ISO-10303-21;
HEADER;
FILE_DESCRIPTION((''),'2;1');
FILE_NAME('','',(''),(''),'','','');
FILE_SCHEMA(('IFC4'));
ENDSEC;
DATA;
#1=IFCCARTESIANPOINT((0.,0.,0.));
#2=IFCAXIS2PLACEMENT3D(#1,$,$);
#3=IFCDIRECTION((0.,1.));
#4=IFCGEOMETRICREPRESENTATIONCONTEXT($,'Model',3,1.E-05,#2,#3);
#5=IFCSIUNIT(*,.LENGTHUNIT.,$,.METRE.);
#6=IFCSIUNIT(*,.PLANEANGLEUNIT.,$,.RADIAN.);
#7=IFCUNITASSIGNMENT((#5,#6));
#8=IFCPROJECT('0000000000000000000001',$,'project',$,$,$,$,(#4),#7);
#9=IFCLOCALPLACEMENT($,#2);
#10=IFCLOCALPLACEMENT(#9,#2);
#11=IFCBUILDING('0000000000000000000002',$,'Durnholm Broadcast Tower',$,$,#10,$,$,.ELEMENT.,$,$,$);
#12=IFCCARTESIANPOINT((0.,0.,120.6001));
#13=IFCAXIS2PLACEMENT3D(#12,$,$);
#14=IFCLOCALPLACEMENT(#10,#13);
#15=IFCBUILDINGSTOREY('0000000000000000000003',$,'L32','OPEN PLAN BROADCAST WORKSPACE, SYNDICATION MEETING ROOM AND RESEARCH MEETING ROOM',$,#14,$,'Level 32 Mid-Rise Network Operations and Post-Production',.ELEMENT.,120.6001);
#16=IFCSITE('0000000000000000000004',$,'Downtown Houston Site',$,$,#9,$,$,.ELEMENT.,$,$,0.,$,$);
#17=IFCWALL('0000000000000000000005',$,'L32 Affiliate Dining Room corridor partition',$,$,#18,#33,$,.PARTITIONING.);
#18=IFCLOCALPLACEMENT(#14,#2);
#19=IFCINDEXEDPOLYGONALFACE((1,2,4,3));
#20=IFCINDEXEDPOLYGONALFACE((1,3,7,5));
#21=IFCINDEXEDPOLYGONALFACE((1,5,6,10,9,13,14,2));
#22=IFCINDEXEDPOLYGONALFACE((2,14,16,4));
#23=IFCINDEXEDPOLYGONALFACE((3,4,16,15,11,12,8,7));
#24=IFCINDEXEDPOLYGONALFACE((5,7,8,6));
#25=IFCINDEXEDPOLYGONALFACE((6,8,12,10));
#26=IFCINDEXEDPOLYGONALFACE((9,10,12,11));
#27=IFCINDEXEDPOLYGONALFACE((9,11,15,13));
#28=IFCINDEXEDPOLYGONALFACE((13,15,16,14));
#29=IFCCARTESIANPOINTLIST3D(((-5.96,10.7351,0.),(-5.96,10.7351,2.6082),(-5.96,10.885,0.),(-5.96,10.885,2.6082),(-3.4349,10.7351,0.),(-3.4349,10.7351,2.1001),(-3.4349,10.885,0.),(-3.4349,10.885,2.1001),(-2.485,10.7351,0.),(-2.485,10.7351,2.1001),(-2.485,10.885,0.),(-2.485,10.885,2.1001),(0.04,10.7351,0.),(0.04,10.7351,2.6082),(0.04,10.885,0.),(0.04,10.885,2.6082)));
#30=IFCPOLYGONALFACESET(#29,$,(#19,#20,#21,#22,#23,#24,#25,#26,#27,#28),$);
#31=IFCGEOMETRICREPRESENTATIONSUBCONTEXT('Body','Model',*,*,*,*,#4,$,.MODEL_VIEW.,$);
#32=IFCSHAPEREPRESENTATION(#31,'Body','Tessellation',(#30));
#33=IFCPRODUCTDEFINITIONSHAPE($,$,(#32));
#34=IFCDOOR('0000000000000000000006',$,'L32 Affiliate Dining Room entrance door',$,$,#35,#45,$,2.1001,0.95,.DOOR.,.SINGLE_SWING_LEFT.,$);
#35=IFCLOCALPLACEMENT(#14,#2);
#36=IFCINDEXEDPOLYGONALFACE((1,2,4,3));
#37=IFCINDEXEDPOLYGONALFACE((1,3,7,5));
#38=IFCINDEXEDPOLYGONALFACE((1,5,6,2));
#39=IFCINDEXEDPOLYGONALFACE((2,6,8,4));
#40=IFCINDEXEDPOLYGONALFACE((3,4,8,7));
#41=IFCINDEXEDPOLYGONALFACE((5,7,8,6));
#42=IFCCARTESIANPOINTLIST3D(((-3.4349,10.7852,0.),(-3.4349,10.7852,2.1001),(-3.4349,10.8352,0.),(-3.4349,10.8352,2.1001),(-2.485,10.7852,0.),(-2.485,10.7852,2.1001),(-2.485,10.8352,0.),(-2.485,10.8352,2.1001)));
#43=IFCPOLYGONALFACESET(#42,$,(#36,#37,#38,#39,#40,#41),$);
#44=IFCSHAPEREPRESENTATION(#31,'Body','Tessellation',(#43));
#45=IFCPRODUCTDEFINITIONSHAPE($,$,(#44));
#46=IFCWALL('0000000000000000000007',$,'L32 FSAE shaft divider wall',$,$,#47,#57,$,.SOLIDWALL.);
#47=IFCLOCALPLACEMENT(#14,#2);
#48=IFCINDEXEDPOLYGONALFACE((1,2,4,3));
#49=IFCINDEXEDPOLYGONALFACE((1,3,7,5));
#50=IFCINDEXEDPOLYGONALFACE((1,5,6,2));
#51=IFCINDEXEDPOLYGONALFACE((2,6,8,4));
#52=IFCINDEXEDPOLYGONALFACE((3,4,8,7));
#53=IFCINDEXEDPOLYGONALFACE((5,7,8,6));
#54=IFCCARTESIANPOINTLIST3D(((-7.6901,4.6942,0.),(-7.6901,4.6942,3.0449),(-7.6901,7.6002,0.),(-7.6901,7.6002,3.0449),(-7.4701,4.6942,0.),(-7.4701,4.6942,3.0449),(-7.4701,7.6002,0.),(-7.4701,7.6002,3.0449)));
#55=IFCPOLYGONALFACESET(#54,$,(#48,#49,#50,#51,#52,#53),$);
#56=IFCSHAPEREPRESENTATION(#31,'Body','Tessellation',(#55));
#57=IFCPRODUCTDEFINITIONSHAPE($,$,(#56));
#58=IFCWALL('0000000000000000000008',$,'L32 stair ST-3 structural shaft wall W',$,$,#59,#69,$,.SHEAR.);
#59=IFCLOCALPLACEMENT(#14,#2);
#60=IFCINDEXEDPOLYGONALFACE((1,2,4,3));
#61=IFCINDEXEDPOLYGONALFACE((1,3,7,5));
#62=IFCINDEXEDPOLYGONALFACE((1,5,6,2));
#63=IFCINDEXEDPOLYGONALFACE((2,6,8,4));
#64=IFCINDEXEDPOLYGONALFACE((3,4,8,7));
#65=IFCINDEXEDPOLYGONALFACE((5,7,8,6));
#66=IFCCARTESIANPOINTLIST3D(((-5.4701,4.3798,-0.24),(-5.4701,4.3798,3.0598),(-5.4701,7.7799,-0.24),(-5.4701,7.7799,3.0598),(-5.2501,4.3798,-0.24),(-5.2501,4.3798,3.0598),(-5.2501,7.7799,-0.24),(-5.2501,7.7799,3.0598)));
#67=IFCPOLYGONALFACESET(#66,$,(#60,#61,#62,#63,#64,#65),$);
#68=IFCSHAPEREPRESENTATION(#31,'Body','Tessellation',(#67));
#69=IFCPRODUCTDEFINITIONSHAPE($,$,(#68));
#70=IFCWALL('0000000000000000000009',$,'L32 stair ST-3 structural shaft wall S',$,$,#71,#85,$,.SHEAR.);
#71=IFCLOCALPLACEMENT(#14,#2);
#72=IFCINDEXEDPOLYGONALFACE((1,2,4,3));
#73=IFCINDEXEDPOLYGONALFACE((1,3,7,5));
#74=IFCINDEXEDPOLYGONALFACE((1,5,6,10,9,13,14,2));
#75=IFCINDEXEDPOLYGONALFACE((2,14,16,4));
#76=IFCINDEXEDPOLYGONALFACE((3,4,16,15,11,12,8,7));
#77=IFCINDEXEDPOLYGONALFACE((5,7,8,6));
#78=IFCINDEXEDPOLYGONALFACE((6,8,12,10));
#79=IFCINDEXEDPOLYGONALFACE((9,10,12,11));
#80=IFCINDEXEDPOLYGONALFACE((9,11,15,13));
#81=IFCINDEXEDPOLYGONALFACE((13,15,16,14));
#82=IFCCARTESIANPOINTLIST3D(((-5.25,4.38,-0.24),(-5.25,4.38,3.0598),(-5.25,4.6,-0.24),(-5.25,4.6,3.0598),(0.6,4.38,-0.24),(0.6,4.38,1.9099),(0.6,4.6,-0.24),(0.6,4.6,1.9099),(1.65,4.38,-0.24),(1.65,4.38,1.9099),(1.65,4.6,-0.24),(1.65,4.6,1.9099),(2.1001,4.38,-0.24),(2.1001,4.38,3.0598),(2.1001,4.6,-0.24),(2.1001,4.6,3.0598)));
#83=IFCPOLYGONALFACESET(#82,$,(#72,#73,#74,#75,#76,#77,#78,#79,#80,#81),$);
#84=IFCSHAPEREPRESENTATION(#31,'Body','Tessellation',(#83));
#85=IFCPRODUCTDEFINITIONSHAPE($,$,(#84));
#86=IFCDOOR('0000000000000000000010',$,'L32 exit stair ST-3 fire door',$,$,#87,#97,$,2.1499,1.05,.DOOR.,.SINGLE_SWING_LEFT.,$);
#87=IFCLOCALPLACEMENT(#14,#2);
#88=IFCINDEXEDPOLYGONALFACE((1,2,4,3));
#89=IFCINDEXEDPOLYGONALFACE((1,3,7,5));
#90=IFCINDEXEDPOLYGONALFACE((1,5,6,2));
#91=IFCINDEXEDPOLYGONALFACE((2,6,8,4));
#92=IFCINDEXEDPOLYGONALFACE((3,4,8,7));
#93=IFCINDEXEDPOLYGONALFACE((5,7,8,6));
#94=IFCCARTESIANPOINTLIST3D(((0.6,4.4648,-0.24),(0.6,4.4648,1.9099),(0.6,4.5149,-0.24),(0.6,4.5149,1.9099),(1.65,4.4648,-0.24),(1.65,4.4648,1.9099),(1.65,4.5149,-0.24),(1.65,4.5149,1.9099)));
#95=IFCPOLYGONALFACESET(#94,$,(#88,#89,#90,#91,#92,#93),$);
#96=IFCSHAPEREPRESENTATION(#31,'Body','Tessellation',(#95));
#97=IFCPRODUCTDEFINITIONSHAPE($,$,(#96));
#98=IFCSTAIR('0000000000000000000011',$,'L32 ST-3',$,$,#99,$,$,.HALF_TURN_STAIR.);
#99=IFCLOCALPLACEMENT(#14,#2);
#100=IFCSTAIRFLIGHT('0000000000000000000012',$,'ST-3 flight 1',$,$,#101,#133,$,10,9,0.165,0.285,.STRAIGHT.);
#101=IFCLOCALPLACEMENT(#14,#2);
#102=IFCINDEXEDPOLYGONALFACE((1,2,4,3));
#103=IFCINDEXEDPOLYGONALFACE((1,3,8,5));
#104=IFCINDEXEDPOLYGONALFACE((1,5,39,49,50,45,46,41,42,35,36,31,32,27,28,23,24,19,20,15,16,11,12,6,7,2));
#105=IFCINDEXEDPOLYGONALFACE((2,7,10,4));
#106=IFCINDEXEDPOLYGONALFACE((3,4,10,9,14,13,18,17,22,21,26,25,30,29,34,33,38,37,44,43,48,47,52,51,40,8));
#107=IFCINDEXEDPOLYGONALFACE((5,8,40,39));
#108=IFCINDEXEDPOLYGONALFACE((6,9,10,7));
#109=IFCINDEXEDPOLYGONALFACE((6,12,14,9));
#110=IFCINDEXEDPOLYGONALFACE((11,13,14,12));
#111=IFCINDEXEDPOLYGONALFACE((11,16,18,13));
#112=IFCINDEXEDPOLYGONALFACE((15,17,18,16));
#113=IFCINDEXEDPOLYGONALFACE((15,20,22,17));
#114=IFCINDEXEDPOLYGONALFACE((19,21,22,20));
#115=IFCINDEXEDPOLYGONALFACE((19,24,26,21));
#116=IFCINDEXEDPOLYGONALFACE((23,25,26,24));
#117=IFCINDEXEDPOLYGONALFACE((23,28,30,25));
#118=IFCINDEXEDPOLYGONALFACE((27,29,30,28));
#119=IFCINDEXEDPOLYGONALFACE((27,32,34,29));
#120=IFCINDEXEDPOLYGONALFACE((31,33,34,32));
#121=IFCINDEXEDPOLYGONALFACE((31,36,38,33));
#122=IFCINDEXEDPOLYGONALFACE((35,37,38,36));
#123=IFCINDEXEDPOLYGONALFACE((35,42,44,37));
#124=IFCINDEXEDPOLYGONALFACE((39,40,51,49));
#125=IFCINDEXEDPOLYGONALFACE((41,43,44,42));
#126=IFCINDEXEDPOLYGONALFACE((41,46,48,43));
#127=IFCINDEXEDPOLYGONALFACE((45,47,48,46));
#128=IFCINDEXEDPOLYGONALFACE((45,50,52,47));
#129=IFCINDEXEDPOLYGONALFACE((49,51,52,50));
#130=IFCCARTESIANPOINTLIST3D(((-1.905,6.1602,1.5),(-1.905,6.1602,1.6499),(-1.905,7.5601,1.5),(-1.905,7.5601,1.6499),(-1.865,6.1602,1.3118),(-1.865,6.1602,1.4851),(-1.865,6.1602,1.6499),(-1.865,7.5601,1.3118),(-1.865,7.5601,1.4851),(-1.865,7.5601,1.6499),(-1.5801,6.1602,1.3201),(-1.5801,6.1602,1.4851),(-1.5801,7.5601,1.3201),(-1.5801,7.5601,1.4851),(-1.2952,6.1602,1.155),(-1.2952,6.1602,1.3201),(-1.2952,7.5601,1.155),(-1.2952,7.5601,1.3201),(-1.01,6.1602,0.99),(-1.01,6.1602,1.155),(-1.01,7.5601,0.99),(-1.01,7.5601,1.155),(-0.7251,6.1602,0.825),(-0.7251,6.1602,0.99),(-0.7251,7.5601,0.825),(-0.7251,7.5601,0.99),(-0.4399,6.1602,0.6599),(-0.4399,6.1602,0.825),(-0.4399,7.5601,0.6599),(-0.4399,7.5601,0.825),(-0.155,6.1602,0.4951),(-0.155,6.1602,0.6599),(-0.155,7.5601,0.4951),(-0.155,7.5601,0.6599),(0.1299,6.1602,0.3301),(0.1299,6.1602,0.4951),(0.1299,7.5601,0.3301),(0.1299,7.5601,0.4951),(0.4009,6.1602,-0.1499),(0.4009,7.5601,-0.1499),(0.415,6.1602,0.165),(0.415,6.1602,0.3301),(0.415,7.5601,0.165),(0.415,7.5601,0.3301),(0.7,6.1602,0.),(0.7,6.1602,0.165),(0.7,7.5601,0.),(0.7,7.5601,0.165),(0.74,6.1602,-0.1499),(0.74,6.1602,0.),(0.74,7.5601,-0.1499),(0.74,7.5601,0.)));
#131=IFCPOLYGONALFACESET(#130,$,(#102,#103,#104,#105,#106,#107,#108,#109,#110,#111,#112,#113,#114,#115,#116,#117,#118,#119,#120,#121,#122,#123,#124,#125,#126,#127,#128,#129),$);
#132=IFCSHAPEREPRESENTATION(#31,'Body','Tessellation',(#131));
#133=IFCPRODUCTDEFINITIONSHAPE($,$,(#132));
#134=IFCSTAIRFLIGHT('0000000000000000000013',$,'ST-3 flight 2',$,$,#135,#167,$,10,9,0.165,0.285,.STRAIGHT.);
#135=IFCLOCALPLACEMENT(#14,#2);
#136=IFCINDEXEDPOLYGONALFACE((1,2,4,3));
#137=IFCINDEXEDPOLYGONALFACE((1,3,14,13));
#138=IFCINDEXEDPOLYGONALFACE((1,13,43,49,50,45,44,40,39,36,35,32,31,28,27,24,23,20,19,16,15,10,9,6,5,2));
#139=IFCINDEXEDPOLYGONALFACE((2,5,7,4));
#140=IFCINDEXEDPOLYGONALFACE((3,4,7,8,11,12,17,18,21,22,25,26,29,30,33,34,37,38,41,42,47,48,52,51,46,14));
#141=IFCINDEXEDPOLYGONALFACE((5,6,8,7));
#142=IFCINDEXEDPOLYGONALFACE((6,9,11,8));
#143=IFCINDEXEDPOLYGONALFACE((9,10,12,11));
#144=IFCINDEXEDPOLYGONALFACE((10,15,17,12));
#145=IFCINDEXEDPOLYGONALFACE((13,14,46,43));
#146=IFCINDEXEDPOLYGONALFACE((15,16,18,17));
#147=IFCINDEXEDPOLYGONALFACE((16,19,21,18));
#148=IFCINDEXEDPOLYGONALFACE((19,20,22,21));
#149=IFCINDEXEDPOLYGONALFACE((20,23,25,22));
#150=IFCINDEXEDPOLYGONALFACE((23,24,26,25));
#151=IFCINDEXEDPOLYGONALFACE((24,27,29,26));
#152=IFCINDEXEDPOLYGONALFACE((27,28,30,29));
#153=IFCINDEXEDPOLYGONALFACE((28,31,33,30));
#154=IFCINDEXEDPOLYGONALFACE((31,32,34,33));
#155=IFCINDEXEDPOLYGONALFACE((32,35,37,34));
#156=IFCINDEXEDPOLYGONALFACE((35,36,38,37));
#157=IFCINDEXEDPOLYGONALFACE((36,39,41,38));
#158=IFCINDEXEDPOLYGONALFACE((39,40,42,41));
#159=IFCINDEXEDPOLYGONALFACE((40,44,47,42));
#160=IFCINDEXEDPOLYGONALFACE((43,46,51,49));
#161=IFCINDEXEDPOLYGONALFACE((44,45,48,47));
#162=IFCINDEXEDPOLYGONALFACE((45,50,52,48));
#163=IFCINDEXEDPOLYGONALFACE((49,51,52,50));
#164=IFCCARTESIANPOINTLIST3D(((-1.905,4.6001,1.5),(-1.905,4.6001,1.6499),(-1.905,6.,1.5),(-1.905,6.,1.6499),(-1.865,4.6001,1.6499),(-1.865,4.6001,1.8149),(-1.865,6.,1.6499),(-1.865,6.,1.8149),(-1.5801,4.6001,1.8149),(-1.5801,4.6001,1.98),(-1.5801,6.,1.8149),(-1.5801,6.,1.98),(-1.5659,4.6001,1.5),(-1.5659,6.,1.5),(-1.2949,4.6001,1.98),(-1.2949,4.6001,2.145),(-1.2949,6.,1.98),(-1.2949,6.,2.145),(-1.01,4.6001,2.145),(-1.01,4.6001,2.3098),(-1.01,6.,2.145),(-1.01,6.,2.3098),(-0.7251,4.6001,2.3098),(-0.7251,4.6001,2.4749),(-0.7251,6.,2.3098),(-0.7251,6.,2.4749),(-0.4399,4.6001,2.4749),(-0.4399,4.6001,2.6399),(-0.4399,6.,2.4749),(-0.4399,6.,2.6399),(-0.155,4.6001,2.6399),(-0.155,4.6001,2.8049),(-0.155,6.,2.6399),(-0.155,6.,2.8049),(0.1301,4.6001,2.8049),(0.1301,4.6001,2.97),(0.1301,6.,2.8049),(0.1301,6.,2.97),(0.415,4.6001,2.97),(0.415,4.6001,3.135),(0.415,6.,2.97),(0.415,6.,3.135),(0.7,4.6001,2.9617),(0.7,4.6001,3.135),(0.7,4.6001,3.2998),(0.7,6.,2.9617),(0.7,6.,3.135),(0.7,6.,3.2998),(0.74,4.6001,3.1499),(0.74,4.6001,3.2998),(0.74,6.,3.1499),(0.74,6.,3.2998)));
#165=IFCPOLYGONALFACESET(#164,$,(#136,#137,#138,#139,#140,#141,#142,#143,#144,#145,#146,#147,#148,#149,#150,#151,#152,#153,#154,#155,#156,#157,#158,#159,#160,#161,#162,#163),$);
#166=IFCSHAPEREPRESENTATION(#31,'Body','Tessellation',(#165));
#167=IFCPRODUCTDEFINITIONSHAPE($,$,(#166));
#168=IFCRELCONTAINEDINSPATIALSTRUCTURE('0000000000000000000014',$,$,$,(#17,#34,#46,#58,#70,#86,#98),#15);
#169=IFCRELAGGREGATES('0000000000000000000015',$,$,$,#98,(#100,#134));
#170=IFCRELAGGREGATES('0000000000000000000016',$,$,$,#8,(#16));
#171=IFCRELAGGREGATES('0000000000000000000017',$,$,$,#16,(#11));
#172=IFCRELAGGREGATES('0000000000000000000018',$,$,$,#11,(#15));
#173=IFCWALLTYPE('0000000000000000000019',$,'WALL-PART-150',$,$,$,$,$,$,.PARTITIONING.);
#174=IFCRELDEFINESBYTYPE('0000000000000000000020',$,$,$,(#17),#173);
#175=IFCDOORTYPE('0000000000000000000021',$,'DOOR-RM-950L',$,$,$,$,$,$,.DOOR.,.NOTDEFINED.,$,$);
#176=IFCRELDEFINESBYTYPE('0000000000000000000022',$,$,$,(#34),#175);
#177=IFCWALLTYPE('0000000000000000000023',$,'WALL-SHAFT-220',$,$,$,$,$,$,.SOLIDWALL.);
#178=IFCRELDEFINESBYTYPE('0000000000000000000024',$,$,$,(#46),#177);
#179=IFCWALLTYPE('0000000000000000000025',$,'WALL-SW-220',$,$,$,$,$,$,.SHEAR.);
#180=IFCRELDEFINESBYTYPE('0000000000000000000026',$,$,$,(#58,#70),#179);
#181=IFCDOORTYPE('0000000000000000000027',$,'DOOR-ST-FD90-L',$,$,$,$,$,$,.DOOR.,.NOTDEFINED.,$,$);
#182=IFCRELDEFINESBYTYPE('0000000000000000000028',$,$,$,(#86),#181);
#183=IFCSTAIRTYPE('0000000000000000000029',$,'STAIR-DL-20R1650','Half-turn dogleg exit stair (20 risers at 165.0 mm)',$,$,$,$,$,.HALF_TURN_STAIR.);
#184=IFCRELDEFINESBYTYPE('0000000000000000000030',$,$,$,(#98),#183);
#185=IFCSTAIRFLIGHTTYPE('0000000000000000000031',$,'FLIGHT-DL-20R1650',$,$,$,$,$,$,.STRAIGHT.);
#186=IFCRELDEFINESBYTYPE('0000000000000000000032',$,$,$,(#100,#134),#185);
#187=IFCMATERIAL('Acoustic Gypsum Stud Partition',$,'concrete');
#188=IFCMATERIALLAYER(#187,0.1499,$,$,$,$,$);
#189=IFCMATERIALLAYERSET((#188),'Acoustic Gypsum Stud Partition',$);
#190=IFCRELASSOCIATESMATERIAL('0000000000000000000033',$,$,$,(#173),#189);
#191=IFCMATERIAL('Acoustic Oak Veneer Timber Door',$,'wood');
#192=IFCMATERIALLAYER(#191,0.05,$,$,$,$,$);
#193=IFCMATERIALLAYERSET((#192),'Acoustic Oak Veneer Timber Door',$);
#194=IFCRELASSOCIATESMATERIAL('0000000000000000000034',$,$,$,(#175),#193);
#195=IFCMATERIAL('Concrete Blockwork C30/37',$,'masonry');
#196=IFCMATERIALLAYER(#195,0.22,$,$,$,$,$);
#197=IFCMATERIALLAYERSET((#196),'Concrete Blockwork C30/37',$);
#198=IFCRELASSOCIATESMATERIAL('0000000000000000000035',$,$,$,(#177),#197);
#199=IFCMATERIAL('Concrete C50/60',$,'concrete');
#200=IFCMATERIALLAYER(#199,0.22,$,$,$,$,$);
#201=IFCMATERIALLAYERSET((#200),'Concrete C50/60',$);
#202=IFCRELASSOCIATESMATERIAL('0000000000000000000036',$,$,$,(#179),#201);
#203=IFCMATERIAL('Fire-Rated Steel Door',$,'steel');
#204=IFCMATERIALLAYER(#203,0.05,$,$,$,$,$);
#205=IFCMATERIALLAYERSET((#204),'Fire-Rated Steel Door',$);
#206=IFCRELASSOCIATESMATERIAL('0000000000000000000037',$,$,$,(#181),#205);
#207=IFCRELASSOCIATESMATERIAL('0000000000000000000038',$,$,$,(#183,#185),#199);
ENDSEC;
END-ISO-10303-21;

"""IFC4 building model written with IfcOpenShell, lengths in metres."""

from ifc_helpers import new_model, si_unit, direction, frame, frame_2d, origin, place, context, subcontext, project, spatial, polyline, rectangle, outline, extrude, source, transform, mapped, material, layer, layer_set, type_object, type_shapes, element, fill, aggregate, save


model = new_model("IFC4")

# Units and contexts
model_context = context("Model", 3, precision=1e-05, world=origin(), true_north=direction((0.0, 1.0)))
body_context = subcontext(model_context, "Body", "Model", "MODEL_VIEW")
ifc_project = project(units=[si_unit("LENGTHUNIT", "METRE"), si_unit("PLANEANGLEUNIT", "RADIAN")], contexts=[model_context])

# Site, building, storey
site_placement = place(None, origin())
site = spatial("IfcSite", under=ifc_project, at=site_placement, Name="Downtown Houston Site", CompositionType="ELEMENT", RefElevation=0.0)
building_placement = place(site_placement, origin())
building = spatial("IfcBuilding", under=site, at=building_placement, Name="Durnholm Broadcast Tower", CompositionType="ELEMENT")
storey_placement = place(building_placement, frame((0.0, 0.0, 120.6001)))
storey = spatial("IfcBuildingStorey", under=building, at=storey_placement, Name="L32", Description="OPEN PLAN BROADCAST WORKSPACE, SYNDICATION MEETING ROOM AND RESEARCH MEETING ROOM", LongName="Level 32 Mid-Rise Network Operations and Post-Production", CompositionType="ELEMENT", Elevation=120.6001)

# Shared definitions
ifc_material_1 = material(Name="Acoustic Gypsum Stud Partition", Category="concrete")
ifc_layer_1 = layer(ifc_material_1, 0.1499)
ifc_layer_set_1 = layer_set([ifc_layer_1], Name="Acoustic Gypsum Stud Partition")
wall_type_1 = type_object("IfcWallType", Name="WALL-PART-150", PredefinedType="PARTITIONING", material=ifc_layer_set_1)

# Wall, opening, door
wall_1_placement = place(storey_placement, frame((0.04, 10.8101, 0.0), z_axis=(0.0, 0.0, 1.0), x_axis=(-1.0, 0.0, 0.0)))
wall_1 = element("IfcWall", 1, at=wall_1_placement, inside=storey, type_object=wall_type_1, Name="L32 Affiliate Dining Room corridor partition", PredefinedType="PARTITIONING", context=body_context, shape_type="SweptSolid", body=[
    extrude(rectangle(XDim=6.0, YDim=0.1499, at=frame_2d((3.0, 0.0))), origin(), (0.0, 0.0, 1.0), 2.6082),
])
opening_1_placement = place(wall_1_placement, frame((2.5249, 0.0, 0.0)))
opening_1 = element("IfcOpeningElement", 2, at=opening_1_placement, cuts=wall_1, PredefinedType="OPENING", context=body_context, shape_type="SweptSolid", body=[
    extrude(rectangle(XDim=0.95, YDim=2.1001, at=frame_2d((0.4751, 1.05))), frame((0.0, 0.085, 0.0), z_axis=(0.0, -1.0, 0.0), x_axis=(1.0, 0.0, 0.0)), (0.0, 0.0, 1.0), 0.1699),
])
ifc_material_2 = material(Name="Acoustic Oak Veneer Timber Door", Category="wood")
ifc_layer_2 = layer(ifc_material_2, 0.05)
ifc_layer_set_2 = layer_set([ifc_layer_2], Name="Acoustic Oak Veneer Timber Door")
door_type_1 = type_object("IfcDoorType", Name="DOOR-RM-950L", OperationType="NOTDEFINED", PredefinedType="DOOR", material=ifc_layer_set_2)
shared_shape_1 = source(origin(), body_context, "Body", "SweptSolid", [
    extrude(rectangle(XDim=0.95, YDim=2.1001, at=frame_2d((0.4751, 1.05))), frame((0.0, 0.0249, 0.0), z_axis=(0.0, -1.0, 0.0), x_axis=(1.0, 0.0, 0.0)), (0.0, 0.0, 1.0), 0.05),
])
type_shapes(door_type_1, [shared_shape_1])
door_1_placement = place(opening_1_placement, origin())
door_1 = element("IfcDoor", 3, at=door_1_placement, inside=storey, type_object=door_type_1, Name="L32 Affiliate Dining Room entrance door", OperationType="SINGLE_SWING_LEFT", OverallHeight=2.1001, OverallWidth=0.95, PredefinedType="DOOR", context=body_context, shape_type="MappedRepresentation", body=[
    mapped(shared_shape_1, transform((0.0, 0.0, 0.0), x_axis=(1.0, 0.0, 0.0), y_axis=(0.0, 1.0, 0.0), z_axis=(0.0, 0.0, 1.0), scale=1.0)),
])
fill(opening_1, door_1)

# Walls
ifc_material_3 = material(Name="Concrete Blockwork C30/37", Category="masonry")
ifc_layer_3 = layer(ifc_material_3, 0.22)
ifc_layer_set_3 = layer_set([ifc_layer_3], Name="Concrete Blockwork C30/37")
wall_type_2 = type_object("IfcWallType", Name="WALL-SHAFT-220", PredefinedType="SOLIDWALL", material=ifc_layer_set_3)
wall_2_placement = place(storey_placement, frame((-7.5801, 4.6941, 0.0), z_axis=(0.0, 0.0, 1.0), x_axis=(0.0, 1.0, 0.0)))
element("IfcWall", 4, at=wall_2_placement, inside=storey, type_object=wall_type_2, Name="L32 FSAE shaft divider wall", PredefinedType="SOLIDWALL", context=body_context, shape_type="SweptSolid", body=[
    extrude(rectangle(XDim=2.906, YDim=0.22, at=frame_2d((1.4531, 0.0))), origin(), (0.0, 0.0, 1.0), 3.0449),
])
ifc_material_4 = material(Name="Concrete C50/60", Category="concrete")
ifc_layer_4 = layer(ifc_material_4, 0.22)
ifc_layer_set_4 = layer_set([ifc_layer_4], Name="Concrete C50/60")
wall_type_3 = type_object("IfcWallType", Name="WALL-SW-220", PredefinedType="SHEAR", material=ifc_layer_set_4)
wall_3_placement = place(storey_placement, frame((-5.3601, 7.78, -0.24), z_axis=(0.0, 0.0, 1.0), x_axis=(0.0, -1.0, 0.0)))
element("IfcWall", 5, at=wall_3_placement, inside=storey, type_object=wall_type_3, Name="L32 stair ST-3 structural shaft wall W", PredefinedType="SHEAR", context=body_context, shape_type="SweptSolid", body=[
    extrude(rectangle(XDim=3.4001, YDim=0.22, at=frame_2d((1.7002, 0.0))), origin(), (0.0, 0.0, 1.0), 3.2998),
])

# Wall, opening, door
wall_4_placement = place(storey_placement, frame((-5.25, 4.49, -0.24), z_axis=(0.0, 0.0, 1.0), x_axis=(1.0, 0.0, 0.0)))
wall_4 = element("IfcWall", 6, at=wall_4_placement, inside=storey, type_object=wall_type_3, Name="L32 stair ST-3 structural shaft wall S", PredefinedType="SHEAR", context=body_context, shape_type="SweptSolid", body=[
    extrude(rectangle(XDim=7.3501, YDim=0.22, at=frame_2d((3.675, 0.0))), origin(), (0.0, 0.0, 1.0), 3.2998),
])
opening_2_placement = place(wall_4_placement, frame((5.8501, 0.0, 0.0)))
opening_2 = element("IfcOpeningElement", 7, at=opening_2_placement, cuts=wall_4, PredefinedType="OPENING", context=body_context, shape_type="SweptSolid", body=[
    extrude(rectangle(XDim=1.05, YDim=2.1499, at=frame_2d((0.5249, 1.075))), frame((0.0, 0.1201, 0.0), z_axis=(0.0, -1.0, 0.0), x_axis=(1.0, 0.0, 0.0)), (0.0, 0.0, 1.0), 0.24),
])
ifc_material_5 = material(Name="Fire-Rated Steel Door", Category="steel")
ifc_layer_5 = layer(ifc_material_5, 0.05)
ifc_layer_set_5 = layer_set([ifc_layer_5], Name="Fire-Rated Steel Door")
door_type_2 = type_object("IfcDoorType", Name="DOOR-ST-FD90-L", OperationType="NOTDEFINED", PredefinedType="DOOR", material=ifc_layer_set_5)
shared_shape_2 = source(origin(), body_context, "Body", "SweptSolid", [
    extrude(rectangle(XDim=1.05, YDim=2.1499, at=frame_2d((0.5249, 1.075))), frame((0.0, 0.0249, 0.0), z_axis=(0.0, -1.0, 0.0), x_axis=(1.0, 0.0, 0.0)), (0.0, 0.0, 1.0), 0.05),
])
type_shapes(door_type_2, [shared_shape_2])
door_2_placement = place(opening_2_placement, origin())
door_2 = element("IfcDoor", 8, at=door_2_placement, inside=storey, type_object=door_type_2, Name="L32 exit stair ST-3 fire door", OperationType="SINGLE_SWING_LEFT", OverallHeight=2.1499, OverallWidth=1.05, PredefinedType="DOOR", context=body_context, shape_type="MappedRepresentation", body=[
    mapped(shared_shape_2, transform((0.0, 0.0, 0.0), x_axis=(1.0, 0.0, 0.0), y_axis=(0.0, 1.0, 0.0), z_axis=(0.0, 0.0, 1.0), scale=1.0)),
])
fill(opening_2, door_2)

# Stair, stair flights
stair_type = type_object("IfcStairType", Name="STAIR-DL-20R1650", Description="Half-turn dogleg exit stair (20 risers at 165.0 mm)", PredefinedType="HALF_TURN_STAIR", material=ifc_material_4)
stair_placement = place(storey_placement, origin())
stair = element("IfcStair", 9, at=stair_placement, inside=storey, type_object=stair_type, Name="L32 ST-3", PredefinedType="HALF_TURN_STAIR")
stair_flight_type = type_object("IfcStairFlightType", Name="FLIGHT-DL-20R1650", PredefinedType="STRAIGHT", material=ifc_material_4)
stair_flight_1_placement = place(storey_placement, frame((0.7, 6.8601, 0.0), z_axis=(0.0, 0.0, 1.0), x_axis=(-1.0, 0.0, 0.0)))
stair_flight_1 = element("IfcStairFlight", 10, at=stair_flight_1_placement, type_object=stair_flight_type, Name="ST-3 flight 1", NumberOfRisers=10, NumberOfTreads=9, PredefinedType="STRAIGHT", RiserHeight=0.165, TreadLength=0.285, context=body_context, shape_type="SweptSolid", body=[
    extrude(outline(polyline([(-0.04, -0.1499), (-0.04, 0.0), (0.0, 0.0), (0.0, 0.165), (0.2849, 0.165), (0.2849, 0.3301), (0.5701, 0.3301), (0.5701, 0.4951), (0.855, 0.4951), (0.855, 0.6599), (1.1399, 0.6599), (1.1399, 0.825), (1.425, 0.825), (1.425, 0.99), (1.71, 0.99), (1.71, 1.155), (1.9951, 1.155), (1.9951, 1.3201), (2.28, 1.3201), (2.28, 1.4851), (2.5649, 1.4851), (2.5649, 1.6499), (2.605, 1.6499), (2.605, 1.5), (2.5649, 1.3118), (0.2991, -0.1499), (-0.04, -0.1499)])), frame((0.0, 0.7, 0.0), z_axis=(0.0, -1.0, 0.0), x_axis=(1.0, 0.0, 0.0)), (0.0, 0.0, 1.0), 1.3999),
])
stair_flight_2_placement = place(storey_placement, frame((-1.865, 5.3, 1.6499), z_axis=(0.0, 0.0, 1.0), x_axis=(1.0, 0.0, 0.0)))
stair_flight_2 = element("IfcStairFlight", 11, at=stair_flight_2_placement, type_object=stair_flight_type, Name="ST-3 flight 2", NumberOfRisers=10, NumberOfTreads=9, PredefinedType="STRAIGHT", RiserHeight=0.165, TreadLength=0.285, context=body_context, shape_type="SweptSolid", body=[
    extrude(outline(polyline([(-0.04, -0.1499), (-0.04, 0.0), (0.0, 0.0), (0.0, 0.165), (0.2849, 0.165), (0.2849, 0.3301), (0.5701, 0.3301), (0.5701, 0.4951), (0.855, 0.4951), (0.855, 0.6599), (1.1399, 0.6599), (1.1399, 0.825), (1.425, 0.825), (1.425, 0.99), (1.71, 0.99), (1.71, 1.155), (1.9951, 1.155), (1.9951, 1.3201), (2.28, 1.3201), (2.28, 1.4851), (2.5649, 1.4851), (2.5649, 1.6499), (2.605, 1.6499), (2.605, 1.5), (2.5649, 1.3118), (0.2991, -0.1499), (-0.04, -0.1499)])), frame((0.0, 0.7, 0.0), z_axis=(0.0, -1.0, 0.0), x_axis=(1.0, 0.0, 0.0)), (0.0, 0.0, 1.0), 1.3999),
])
aggregate(stair, [stair_flight_1, stair_flight_2])

save(model, "model.ifc")
